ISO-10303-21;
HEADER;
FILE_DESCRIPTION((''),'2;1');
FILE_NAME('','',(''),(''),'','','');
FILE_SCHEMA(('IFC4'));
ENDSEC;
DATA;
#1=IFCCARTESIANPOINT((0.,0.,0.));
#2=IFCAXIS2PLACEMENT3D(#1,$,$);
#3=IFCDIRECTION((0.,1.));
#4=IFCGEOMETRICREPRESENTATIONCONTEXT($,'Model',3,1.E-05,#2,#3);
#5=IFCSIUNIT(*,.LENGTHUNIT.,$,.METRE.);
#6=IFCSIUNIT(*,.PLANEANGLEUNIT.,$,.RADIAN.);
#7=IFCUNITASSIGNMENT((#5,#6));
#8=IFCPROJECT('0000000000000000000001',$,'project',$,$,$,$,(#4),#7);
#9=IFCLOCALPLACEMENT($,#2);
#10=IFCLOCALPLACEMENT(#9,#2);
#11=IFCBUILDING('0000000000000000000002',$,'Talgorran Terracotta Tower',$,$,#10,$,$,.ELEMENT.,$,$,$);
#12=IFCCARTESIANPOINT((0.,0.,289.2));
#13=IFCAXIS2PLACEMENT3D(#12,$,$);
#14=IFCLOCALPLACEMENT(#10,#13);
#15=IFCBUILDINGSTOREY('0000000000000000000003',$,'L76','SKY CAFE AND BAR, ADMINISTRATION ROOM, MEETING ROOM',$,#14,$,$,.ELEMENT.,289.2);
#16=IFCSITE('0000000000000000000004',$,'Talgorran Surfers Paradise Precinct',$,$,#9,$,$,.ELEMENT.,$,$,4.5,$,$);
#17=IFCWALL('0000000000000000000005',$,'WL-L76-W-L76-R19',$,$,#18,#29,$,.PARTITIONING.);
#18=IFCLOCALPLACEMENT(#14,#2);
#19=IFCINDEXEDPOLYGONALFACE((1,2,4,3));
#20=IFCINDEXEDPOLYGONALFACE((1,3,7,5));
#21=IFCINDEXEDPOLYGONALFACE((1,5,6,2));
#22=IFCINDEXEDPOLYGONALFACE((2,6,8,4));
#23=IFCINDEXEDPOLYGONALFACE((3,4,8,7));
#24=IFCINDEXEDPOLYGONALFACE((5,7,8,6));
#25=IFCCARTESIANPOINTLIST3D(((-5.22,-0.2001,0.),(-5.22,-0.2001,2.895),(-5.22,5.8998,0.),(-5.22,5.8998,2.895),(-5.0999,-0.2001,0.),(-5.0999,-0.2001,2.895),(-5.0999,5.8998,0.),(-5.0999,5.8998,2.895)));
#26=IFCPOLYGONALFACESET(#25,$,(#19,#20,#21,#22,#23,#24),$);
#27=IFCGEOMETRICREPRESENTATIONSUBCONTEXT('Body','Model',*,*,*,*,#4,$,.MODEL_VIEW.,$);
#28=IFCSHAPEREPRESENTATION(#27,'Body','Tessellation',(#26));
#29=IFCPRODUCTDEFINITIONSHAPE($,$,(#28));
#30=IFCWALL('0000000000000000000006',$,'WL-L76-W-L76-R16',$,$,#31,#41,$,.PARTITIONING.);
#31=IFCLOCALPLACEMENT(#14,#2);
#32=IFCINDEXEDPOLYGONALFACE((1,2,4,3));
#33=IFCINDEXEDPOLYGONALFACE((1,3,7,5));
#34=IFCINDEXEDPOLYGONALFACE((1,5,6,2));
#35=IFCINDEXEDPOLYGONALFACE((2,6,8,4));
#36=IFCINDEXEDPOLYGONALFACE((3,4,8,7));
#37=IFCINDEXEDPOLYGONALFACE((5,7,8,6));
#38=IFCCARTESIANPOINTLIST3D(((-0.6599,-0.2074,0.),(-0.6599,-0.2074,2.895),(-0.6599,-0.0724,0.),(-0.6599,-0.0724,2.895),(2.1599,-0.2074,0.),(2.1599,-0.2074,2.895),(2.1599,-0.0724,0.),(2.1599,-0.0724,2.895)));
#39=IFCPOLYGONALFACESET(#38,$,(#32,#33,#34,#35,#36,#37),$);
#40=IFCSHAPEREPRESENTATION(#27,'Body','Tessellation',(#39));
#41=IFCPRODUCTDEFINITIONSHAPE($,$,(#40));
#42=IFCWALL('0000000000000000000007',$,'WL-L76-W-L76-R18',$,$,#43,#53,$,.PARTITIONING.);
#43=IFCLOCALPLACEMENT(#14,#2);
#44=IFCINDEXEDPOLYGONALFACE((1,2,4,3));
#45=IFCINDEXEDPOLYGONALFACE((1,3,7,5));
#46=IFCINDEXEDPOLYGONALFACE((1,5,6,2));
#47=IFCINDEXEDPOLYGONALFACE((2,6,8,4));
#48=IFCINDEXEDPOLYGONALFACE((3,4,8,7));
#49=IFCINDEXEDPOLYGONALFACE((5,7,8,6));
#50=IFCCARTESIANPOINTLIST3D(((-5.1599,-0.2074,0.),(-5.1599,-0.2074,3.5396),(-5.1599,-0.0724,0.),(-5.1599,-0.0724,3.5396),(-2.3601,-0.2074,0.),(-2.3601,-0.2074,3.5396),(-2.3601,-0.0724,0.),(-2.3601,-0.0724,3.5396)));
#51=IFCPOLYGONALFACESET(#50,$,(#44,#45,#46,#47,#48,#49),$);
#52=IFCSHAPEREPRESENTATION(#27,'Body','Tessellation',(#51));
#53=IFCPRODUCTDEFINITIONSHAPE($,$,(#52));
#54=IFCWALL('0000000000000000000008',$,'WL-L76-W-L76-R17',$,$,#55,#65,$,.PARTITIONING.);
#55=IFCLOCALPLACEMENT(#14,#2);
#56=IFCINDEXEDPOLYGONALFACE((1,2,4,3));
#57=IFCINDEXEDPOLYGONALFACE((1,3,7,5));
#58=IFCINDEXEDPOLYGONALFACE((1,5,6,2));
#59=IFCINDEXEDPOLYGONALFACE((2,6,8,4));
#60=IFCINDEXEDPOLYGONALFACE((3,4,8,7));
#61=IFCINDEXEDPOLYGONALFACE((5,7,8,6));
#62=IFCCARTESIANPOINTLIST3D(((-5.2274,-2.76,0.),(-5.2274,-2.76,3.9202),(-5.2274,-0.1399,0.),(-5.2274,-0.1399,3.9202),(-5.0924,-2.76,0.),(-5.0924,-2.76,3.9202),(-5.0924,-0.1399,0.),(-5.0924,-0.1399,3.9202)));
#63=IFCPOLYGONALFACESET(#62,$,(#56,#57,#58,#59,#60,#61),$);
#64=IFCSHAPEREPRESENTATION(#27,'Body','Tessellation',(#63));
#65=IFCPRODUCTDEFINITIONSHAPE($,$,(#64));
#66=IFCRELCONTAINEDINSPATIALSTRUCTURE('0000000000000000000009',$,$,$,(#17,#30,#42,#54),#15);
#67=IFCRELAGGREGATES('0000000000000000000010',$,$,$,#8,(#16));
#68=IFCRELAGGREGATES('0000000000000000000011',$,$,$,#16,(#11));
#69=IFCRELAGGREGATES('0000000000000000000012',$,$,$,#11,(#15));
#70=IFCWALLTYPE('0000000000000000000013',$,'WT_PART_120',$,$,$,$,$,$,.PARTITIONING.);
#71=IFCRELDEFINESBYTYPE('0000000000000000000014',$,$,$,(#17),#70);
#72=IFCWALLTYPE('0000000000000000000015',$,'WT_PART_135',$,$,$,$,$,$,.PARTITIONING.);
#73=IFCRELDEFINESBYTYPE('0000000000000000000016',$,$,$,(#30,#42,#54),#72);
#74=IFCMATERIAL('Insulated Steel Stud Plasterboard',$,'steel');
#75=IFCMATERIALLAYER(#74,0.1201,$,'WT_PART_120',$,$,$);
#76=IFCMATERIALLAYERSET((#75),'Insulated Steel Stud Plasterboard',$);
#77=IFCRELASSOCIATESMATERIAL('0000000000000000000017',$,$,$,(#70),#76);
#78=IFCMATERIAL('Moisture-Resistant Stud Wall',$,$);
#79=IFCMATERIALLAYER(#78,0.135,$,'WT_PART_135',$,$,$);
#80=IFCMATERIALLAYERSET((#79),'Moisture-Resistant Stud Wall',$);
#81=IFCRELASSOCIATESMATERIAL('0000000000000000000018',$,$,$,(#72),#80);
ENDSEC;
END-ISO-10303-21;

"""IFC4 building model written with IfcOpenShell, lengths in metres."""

from ifc_helpers import new_model, si_unit, direction, frame, frame_2d, origin, place, context, subcontext, project, spatial, rectangle, extrude, material, layer, layer_set, type_object, element, save


model = new_model("IFC4")

# Units and contexts
model_context = context("Model", 3, precision=1e-05, world=origin(), true_north=direction((0.0, 1.0)))
body_context = subcontext(model_context, "Body", "Model", "MODEL_VIEW")
ifc_project = project(units=[si_unit("LENGTHUNIT", "METRE"), si_unit("PLANEANGLEUNIT", "RADIAN")], contexts=[model_context])

# Site, building, storey
site_placement = place(None, origin())
site = spatial("IfcSite", under=ifc_project, at=site_placement, Name="Talgorran Surfers Paradise Precinct", CompositionType="ELEMENT", RefElevation=4.5)
building_placement = place(site_placement, origin())
building = spatial("IfcBuilding", under=site, at=building_placement, Name="Talgorran Terracotta Tower", CompositionType="ELEMENT")
storey_placement = place(building_placement, frame((0.0, 0.0, 289.2)))
storey = spatial("IfcBuildingStorey", under=building, at=storey_placement, Name="L76", Description="SKY CAFE AND BAR, ADMINISTRATION ROOM, MEETING ROOM", CompositionType="ELEMENT", Elevation=289.2)

# Walls
ifc_material_1 = material(Name="Insulated Steel Stud Plasterboard", Category="steel")
ifc_layer_1 = layer(ifc_material_1, 0.1201, Name="WT_PART_120")
ifc_layer_set_1 = layer_set([ifc_layer_1], Name="Insulated Steel Stud Plasterboard")
wall_type_1 = type_object("IfcWallType", Name="WT_PART_120", PredefinedType="PARTITIONING", material=ifc_layer_set_1)
wall_1_placement = place(storey_placement, frame((-5.1599, -0.2, 0.0), z_axis=(0.0, 0.0, 1.0), x_axis=(0.0, 1.0, 0.0)))
element("IfcWall", 1, at=wall_1_placement, inside=storey, type_object=wall_type_1, Name="WL-L76-W-L76-R19", PredefinedType="PARTITIONING", context=body_context, shape_type="SweptSolid", body=[
    extrude(rectangle(XDim=6.0999, YDim=0.1201, at=frame_2d((3.0498, 0.0))), origin(), (0.0, 0.0, 1.0), 2.895),
])
ifc_material_2 = material(Name="Moisture-Resistant Stud Wall")
ifc_layer_2 = layer(ifc_material_2, 0.135, Name="WT_PART_135")
ifc_layer_set_2 = layer_set([ifc_layer_2], Name="Moisture-Resistant Stud Wall")
wall_type_2 = type_object("IfcWallType", Name="WT_PART_135", PredefinedType="PARTITIONING", material=ifc_layer_set_2)
wall_2_placement = place(storey_placement, frame((-0.6599, -0.1399, 0.0), z_axis=(0.0, 0.0, 1.0), x_axis=(1.0, 0.0, 0.0)))
element("IfcWall", 2, at=wall_2_placement, inside=storey, type_object=wall_type_2, Name="WL-L76-W-L76-R16", PredefinedType="PARTITIONING", context=body_context, shape_type="SweptSolid", body=[
    extrude(rectangle(XDim=2.8198, YDim=0.135, at=frame_2d((1.4099, 0.0))), origin(), (0.0, 0.0, 1.0), 2.895),
])
wall_3_placement = place(storey_placement, frame((-5.1599, -0.1399, 0.0), z_axis=(0.0, 0.0, 1.0), x_axis=(1.0, 0.0, 0.0)))
element("IfcWall", 3, at=wall_3_placement, inside=storey, type_object=wall_type_2, Name="WL-L76-W-L76-R18", PredefinedType="PARTITIONING", context=body_context, shape_type="SweptSolid", body=[
    extrude(rectangle(XDim=2.7998, YDim=0.135, at=frame_2d((1.3999, 0.0))), origin(), (0.0, 0.0, 1.0), 3.5396),
])
wall_4_placement = place(storey_placement, frame((-5.1599, -2.76, 0.0), z_axis=(0.0, 0.0, 1.0), x_axis=(0.0, 1.0, 0.0)))
element("IfcWall", 4, at=wall_4_placement, inside=storey, type_object=wall_type_2, Name="WL-L76-W-L76-R17", PredefinedType="PARTITIONING", context=body_context, shape_type="SweptSolid", body=[
    extrude(rectangle(XDim=2.6201, YDim=0.135, at=frame_2d((1.3101, 0.0))), origin(), (0.0, 0.0, 1.0), 3.9202),
])

save(model, "model.ifc")
